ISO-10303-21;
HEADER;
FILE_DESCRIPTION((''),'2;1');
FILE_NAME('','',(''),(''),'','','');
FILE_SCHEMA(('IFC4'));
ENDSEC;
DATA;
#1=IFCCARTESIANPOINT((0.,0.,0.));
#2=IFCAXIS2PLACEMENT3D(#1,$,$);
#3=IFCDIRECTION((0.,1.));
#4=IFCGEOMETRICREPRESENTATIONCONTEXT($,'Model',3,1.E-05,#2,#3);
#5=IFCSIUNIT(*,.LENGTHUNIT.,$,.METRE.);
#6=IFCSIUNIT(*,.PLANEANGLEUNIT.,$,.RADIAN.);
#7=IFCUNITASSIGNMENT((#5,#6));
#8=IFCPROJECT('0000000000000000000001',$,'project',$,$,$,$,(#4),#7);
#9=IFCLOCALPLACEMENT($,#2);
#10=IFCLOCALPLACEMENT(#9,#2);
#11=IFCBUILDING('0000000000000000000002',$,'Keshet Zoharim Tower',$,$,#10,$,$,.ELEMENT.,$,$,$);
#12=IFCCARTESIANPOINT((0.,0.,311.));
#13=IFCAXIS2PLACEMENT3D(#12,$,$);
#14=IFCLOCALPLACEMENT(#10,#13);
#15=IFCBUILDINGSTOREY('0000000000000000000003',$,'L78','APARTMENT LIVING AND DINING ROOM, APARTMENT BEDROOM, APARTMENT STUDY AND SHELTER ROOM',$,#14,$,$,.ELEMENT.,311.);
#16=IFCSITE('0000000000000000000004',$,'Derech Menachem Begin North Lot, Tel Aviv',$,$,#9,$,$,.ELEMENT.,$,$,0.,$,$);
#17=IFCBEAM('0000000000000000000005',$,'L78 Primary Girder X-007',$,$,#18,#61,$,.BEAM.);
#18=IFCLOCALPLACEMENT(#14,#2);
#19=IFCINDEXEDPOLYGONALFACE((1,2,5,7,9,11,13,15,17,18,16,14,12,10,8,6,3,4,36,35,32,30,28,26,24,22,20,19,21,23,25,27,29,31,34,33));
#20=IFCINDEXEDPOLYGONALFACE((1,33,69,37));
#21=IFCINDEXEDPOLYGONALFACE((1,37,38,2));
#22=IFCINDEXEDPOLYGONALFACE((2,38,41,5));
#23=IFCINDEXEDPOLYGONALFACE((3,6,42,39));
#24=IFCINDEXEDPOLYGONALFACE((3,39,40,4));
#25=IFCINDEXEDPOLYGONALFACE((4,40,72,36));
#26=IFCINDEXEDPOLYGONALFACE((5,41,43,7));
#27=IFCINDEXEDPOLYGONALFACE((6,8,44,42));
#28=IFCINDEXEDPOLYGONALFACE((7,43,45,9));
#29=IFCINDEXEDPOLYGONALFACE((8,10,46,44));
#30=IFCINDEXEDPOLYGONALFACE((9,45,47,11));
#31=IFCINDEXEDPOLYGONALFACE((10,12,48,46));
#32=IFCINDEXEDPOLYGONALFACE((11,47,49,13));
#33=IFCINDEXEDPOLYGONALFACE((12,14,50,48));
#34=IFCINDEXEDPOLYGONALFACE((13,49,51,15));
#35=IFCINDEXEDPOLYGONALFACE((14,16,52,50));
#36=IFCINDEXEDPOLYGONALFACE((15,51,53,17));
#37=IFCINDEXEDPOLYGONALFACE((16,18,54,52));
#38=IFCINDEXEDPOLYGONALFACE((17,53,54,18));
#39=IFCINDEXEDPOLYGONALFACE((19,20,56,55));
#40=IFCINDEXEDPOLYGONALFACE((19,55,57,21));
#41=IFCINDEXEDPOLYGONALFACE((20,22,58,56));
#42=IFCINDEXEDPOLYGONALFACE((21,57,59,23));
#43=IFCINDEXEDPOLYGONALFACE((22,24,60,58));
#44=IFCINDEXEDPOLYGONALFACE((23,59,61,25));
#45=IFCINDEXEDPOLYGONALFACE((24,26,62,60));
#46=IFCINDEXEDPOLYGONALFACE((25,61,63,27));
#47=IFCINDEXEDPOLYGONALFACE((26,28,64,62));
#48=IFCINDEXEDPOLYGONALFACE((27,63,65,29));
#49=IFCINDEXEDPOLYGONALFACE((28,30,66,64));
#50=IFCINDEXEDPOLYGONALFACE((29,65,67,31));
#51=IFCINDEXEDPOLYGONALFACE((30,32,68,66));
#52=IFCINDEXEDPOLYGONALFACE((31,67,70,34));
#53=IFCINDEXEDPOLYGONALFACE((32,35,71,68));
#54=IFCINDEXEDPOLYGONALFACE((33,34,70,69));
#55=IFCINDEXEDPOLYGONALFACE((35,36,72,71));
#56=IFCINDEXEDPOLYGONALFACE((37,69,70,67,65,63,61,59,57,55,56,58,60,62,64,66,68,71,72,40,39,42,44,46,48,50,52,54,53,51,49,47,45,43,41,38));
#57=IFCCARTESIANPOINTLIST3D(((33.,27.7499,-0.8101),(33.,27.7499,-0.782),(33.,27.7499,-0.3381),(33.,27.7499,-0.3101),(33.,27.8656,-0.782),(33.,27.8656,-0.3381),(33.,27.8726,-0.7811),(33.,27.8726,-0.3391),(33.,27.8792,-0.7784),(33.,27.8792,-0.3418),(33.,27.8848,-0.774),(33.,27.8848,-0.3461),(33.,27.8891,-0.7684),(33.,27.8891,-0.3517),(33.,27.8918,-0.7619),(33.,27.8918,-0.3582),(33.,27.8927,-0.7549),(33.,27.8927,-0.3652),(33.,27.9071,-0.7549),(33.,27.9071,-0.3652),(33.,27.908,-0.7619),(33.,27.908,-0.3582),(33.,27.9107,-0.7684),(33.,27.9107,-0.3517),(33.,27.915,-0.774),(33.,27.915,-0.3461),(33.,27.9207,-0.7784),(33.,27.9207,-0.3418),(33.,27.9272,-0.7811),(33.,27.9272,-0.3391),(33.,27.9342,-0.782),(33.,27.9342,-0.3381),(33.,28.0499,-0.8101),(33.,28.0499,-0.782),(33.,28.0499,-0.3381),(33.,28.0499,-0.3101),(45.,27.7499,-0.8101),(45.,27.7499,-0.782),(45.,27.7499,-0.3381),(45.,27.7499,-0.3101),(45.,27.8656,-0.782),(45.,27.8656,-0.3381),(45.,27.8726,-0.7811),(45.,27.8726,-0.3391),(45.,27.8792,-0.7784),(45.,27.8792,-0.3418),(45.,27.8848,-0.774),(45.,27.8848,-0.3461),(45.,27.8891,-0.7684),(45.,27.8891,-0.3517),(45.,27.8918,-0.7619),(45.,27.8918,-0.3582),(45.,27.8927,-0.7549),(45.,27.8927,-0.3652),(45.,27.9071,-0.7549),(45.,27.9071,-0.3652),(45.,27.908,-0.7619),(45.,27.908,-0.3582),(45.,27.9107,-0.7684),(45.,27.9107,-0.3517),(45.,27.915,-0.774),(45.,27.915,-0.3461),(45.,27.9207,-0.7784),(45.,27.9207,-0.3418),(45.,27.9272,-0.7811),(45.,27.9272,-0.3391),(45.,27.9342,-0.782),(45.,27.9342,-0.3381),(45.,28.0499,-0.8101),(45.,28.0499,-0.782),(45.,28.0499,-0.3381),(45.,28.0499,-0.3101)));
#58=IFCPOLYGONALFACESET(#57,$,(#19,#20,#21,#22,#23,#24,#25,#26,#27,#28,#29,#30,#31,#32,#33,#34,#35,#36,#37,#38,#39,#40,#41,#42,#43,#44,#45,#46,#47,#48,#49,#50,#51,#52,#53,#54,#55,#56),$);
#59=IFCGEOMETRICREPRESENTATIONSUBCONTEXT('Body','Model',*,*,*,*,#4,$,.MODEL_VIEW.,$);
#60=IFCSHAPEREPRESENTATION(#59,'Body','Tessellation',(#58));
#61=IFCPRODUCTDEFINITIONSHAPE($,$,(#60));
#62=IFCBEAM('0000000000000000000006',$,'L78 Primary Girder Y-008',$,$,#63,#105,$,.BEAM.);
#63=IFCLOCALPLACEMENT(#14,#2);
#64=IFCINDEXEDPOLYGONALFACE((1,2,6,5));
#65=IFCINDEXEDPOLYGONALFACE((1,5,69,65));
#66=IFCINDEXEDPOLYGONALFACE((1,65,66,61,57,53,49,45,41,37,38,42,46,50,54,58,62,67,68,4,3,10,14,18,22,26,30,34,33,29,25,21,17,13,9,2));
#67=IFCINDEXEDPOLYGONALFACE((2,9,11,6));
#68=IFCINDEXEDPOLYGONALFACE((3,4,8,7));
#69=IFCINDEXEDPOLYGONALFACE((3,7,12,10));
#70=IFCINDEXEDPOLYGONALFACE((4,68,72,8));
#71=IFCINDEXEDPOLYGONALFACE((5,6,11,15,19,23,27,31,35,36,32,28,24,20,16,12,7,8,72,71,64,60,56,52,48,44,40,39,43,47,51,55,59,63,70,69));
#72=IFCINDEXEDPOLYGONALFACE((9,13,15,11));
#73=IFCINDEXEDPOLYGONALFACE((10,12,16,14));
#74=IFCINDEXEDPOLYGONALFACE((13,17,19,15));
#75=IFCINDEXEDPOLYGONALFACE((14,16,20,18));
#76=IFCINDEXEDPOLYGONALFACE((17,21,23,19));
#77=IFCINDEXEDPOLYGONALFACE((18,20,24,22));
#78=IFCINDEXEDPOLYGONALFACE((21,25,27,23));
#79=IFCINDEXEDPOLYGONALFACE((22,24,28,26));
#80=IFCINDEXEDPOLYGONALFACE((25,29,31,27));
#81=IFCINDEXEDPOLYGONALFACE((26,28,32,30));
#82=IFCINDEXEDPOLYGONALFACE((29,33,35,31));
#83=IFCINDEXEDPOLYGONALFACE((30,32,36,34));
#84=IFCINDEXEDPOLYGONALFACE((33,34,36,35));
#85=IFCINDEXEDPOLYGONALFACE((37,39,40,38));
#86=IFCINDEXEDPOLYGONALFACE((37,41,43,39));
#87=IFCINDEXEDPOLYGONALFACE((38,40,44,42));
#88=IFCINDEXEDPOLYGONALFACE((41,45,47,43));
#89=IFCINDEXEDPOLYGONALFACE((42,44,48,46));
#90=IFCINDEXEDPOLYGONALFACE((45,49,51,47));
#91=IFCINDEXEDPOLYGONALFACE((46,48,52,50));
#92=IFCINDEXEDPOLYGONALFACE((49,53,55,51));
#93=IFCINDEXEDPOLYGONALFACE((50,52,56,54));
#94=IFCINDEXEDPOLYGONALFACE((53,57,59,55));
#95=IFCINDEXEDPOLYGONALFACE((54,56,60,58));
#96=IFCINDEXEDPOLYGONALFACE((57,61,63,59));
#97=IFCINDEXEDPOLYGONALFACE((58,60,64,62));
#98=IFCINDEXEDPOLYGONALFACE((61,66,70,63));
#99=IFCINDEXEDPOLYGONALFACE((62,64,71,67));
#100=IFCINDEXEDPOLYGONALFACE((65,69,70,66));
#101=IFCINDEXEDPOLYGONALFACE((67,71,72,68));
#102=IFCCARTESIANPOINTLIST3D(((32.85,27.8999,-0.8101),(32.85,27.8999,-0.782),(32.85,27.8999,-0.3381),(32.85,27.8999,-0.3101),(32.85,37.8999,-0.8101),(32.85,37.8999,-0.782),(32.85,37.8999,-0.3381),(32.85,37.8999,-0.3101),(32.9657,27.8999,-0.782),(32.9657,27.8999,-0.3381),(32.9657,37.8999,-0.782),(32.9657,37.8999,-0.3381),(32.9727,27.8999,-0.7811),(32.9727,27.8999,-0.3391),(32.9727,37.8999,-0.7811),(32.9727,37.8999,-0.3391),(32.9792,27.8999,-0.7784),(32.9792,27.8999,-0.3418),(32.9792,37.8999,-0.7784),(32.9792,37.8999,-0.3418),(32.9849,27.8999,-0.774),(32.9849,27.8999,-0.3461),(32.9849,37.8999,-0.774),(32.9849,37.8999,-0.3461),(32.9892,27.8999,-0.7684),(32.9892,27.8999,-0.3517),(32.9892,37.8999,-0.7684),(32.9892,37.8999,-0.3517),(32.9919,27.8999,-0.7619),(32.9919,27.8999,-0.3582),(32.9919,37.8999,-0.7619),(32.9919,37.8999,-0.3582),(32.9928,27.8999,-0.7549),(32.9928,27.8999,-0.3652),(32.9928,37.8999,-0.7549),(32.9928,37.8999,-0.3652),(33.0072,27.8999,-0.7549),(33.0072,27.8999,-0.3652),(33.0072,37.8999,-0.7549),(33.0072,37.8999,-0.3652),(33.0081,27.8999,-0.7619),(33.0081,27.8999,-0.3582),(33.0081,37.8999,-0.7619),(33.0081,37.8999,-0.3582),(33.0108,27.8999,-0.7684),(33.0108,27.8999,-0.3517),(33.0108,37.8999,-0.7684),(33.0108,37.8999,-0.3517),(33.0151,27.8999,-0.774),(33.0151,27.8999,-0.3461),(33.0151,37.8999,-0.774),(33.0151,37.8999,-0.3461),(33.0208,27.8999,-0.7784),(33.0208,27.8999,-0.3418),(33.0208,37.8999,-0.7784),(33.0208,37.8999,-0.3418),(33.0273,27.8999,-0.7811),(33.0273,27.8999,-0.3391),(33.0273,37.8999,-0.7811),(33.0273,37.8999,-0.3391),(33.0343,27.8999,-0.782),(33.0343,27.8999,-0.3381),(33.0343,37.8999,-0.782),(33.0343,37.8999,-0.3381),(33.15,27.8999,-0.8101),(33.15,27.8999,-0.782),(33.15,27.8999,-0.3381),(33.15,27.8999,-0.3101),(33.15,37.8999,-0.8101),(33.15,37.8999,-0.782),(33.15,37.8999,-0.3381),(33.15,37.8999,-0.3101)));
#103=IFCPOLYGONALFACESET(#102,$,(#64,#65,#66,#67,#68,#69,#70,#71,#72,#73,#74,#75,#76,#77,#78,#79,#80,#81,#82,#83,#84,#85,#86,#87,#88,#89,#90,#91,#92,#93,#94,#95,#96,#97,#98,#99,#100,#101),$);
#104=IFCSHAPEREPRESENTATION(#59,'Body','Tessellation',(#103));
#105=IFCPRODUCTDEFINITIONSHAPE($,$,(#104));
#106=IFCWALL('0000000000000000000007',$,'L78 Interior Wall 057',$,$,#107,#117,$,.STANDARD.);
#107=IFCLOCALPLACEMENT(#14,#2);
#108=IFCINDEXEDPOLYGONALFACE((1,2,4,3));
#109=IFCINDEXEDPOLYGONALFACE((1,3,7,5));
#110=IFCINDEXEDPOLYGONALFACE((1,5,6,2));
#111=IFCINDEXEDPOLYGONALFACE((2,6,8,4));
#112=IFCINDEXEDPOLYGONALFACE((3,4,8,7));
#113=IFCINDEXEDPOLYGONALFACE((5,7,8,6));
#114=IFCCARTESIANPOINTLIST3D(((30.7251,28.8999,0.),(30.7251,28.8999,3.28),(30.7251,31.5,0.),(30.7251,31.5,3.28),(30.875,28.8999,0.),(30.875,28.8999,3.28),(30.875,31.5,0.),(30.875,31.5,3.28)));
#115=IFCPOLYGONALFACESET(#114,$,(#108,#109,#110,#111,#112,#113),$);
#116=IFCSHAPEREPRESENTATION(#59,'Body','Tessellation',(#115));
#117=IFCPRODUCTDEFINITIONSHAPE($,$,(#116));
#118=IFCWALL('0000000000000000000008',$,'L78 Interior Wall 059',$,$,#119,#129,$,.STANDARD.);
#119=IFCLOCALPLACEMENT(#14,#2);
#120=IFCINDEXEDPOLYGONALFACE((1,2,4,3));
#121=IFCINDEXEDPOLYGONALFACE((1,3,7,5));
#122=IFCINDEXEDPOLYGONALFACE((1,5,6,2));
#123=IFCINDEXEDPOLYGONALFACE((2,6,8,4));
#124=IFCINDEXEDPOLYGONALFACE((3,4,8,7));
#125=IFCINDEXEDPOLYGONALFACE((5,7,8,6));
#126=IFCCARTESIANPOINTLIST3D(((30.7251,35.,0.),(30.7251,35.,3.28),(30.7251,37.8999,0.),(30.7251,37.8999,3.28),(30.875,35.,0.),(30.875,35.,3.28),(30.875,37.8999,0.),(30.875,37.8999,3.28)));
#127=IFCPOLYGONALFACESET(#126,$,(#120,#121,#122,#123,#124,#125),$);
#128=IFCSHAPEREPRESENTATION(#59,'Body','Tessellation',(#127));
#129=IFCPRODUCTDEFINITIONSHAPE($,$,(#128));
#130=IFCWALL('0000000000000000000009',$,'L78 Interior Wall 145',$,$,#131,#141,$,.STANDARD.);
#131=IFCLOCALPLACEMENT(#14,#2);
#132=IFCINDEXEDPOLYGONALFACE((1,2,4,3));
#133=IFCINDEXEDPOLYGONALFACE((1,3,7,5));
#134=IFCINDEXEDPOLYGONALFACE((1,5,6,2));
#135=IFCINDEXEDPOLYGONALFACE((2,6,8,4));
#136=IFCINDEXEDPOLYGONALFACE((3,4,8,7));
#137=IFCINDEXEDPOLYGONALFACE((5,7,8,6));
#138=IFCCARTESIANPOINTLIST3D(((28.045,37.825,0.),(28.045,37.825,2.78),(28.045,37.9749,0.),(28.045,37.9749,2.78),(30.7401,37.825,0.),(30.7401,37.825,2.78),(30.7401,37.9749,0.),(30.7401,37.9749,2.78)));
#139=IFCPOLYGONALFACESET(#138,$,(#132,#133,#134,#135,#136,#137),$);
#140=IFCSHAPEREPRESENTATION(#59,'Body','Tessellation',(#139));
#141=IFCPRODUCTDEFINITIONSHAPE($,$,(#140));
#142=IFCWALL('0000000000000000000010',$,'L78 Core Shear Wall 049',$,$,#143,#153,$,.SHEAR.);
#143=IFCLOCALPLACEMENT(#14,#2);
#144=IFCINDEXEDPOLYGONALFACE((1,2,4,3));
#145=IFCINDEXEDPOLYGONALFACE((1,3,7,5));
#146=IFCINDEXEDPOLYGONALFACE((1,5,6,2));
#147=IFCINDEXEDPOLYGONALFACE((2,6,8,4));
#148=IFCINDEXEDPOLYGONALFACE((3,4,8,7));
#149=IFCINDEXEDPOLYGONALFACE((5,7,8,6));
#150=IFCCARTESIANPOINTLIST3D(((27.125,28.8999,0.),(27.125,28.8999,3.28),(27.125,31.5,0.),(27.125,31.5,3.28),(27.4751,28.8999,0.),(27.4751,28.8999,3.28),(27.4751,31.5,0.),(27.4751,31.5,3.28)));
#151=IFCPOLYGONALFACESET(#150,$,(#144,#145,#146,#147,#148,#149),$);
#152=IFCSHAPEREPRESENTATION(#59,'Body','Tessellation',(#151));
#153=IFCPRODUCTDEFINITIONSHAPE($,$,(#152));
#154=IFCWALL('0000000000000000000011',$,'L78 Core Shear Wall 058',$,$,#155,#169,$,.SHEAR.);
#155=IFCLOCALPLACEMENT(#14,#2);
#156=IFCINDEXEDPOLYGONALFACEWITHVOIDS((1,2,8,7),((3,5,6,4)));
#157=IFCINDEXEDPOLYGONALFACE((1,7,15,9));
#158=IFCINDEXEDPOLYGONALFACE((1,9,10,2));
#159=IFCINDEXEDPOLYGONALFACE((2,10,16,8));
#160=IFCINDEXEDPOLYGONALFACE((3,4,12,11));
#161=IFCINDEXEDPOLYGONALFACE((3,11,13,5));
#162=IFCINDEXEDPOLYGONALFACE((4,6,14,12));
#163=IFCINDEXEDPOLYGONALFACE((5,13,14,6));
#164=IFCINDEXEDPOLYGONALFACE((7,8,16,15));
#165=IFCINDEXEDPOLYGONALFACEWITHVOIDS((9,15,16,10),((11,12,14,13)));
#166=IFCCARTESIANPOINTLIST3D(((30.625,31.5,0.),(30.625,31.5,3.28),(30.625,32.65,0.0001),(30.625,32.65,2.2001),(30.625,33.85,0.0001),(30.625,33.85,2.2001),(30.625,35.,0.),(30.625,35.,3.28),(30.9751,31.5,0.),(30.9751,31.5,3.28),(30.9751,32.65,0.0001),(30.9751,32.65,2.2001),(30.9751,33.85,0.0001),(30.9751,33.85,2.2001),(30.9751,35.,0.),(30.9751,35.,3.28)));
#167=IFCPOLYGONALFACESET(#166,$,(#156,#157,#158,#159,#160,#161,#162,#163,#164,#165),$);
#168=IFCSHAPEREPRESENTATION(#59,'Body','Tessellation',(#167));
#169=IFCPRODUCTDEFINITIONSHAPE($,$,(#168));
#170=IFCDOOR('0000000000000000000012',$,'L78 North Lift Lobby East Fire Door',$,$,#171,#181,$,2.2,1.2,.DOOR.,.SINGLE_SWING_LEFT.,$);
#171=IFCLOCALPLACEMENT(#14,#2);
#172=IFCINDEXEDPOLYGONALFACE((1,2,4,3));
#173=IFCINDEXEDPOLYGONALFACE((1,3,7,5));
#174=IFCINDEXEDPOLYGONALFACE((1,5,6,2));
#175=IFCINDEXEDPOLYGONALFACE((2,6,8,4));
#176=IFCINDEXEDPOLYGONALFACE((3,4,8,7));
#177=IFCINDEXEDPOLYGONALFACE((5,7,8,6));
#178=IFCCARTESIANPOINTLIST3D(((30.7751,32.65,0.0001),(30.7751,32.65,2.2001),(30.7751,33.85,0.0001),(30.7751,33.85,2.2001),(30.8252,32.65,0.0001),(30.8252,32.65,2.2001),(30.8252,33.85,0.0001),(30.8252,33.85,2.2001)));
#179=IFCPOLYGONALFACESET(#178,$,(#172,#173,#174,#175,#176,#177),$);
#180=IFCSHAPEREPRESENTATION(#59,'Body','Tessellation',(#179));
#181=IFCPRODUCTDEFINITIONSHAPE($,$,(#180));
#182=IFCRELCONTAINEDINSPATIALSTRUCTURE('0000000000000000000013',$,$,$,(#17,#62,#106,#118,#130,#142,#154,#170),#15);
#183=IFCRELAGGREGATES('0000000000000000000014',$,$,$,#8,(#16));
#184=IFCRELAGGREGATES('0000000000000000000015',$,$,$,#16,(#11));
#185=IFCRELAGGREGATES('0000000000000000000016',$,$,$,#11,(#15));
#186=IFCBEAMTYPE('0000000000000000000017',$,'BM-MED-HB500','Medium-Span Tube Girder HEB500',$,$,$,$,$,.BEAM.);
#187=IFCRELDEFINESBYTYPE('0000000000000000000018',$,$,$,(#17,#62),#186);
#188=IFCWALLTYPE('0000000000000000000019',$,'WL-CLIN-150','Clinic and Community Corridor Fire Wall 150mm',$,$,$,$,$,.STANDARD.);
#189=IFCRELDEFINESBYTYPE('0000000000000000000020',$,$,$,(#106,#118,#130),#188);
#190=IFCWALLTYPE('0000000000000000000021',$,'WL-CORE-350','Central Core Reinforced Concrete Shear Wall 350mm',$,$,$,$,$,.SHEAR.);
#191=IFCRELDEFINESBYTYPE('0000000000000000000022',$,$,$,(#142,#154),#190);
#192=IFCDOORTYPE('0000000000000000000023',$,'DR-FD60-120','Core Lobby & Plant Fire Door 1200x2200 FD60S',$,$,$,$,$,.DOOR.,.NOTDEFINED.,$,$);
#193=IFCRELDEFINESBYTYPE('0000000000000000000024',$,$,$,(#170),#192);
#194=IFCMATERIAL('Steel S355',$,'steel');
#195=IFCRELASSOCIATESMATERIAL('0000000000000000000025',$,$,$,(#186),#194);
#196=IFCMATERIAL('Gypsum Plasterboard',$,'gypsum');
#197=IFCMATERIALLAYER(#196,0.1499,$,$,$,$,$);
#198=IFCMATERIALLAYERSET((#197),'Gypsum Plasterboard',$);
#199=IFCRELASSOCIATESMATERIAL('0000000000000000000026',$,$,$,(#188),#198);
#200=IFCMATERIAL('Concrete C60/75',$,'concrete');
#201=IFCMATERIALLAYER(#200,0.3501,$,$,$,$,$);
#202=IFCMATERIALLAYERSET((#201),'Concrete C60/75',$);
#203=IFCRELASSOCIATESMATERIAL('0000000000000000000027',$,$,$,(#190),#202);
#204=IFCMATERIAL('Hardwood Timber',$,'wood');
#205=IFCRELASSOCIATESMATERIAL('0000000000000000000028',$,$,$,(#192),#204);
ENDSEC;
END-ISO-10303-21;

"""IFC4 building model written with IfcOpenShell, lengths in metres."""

from ifc_helpers import new_model, si_unit, direction, frame, frame_2d, origin, origin_2d, place, context, subcontext, project, spatial, rectangle, i_section, extrude, material, layer, layer_set, material_profile, profile_set, type_object, element, fill, save


model = new_model("IFC4")

# Units and contexts
model_context = context("Model", 3, precision=1e-05, world=origin(), true_north=direction((0.0, 1.0)))
body_context = subcontext(model_context, "Body", "Model", "MODEL_VIEW")
ifc_project = project(units=[si_unit("LENGTHUNIT", "METRE"), si_unit("PLANEANGLEUNIT", "RADIAN")], contexts=[model_context])

# Site, building, storey
site_placement = place(None, origin())
site = spatial("IfcSite", under=ifc_project, at=site_placement, Name="Derech Menachem Begin North Lot, Tel Aviv", CompositionType="ELEMENT", RefElevation=0.0)
building_placement = place(site_placement, origin())
building = spatial("IfcBuilding", under=site, at=building_placement, Name="Keshet Zoharim Tower", CompositionType="ELEMENT")
storey_placement = place(building_placement, frame((0.0, 0.0, 311.0)))
storey = spatial("IfcBuildingStorey", under=building, at=storey_placement, Name="L78", Description="APARTMENT LIVING AND DINING ROOM, APARTMENT BEDROOM, APARTMENT STUDY AND SHELTER ROOM", CompositionType="ELEMENT", Elevation=311.0)

# Beams
ifc_material_1 = material(Name="Steel S355", Category="steel")
ifc_material_profile_1 = material_profile(ifc_material_1, i_section(OverallWidth=0.3, OverallDepth=0.5, WebThickness=0.0144, FlangeThickness=0.0281, FilletRadius=0.0271, at=origin_2d()), Name="HEB500")
ifc_profile_set_1 = profile_set([ifc_material_profile_1], Name="Steel S355")
beam_type_1 = type_object("IfcBeamType", Name="BM-MED-HB500", Description="Medium-Span Tube Girder HEB500", PredefinedType="BEAM", material=ifc_profile_set_1)
beam_1_placement = place(storey_placement, frame((33.0, 27.8999, -0.5601), z_axis=(1.0, 0.0, 0.0), x_axis=(0.0, 1.0, 0.0)))
element("IfcBeam", 1, at=beam_1_placement, inside=storey, type_object=beam_type_1, Name="L78 Primary Girder X-007", PredefinedType="BEAM", context=body_context, shape_type="SweptSolid", body=[
    extrude(i_section(OverallWidth=0.3, OverallDepth=0.5, WebThickness=0.0144, FlangeThickness=0.0281, FilletRadius=0.0271, at=origin_2d()), origin(), (0.0, 0.0, 1.0), 12.0),
])
beam_2_placement = place(storey_placement, frame((33.0, 27.8999, -0.5601), z_axis=(0.0, 1.0, 0.0), x_axis=(-1.0, 0.0, 0.0)))
element("IfcBeam", 2, at=beam_2_placement, inside=storey, type_object=beam_type_1, Name="L78 Primary Girder Y-008", PredefinedType="BEAM", context=body_context, shape_type="SweptSolid", body=[
    extrude(i_section(OverallWidth=0.3, OverallDepth=0.5, WebThickness=0.0144, FlangeThickness=0.0281, FilletRadius=0.0271, at=origin_2d()), origin(), (0.0, 0.0, 1.0), 10.0),
])

# Walls
ifc_material_2 = material(Name="Gypsum Plasterboard", Category="gypsum")
ifc_layer_1 = layer(ifc_material_2, 0.1499)
ifc_layer_set_1 = layer_set([ifc_layer_1], Name="Gypsum Plasterboard")
wall_type_1 = type_object("IfcWallType", Name="WL-CLIN-150", Description="Clinic and Community Corridor Fire Wall 150mm", PredefinedType="STANDARD", material=ifc_layer_set_1)
wall_1_placement = place(storey_placement, frame((30.8, 28.8999, 0.0), z_axis=(0.0, 0.0, 1.0), x_axis=(0.0, 1.0, 0.0)))
element("IfcWall", 3, at=wall_1_placement, inside=storey, type_object=wall_type_1, Name="L78 Interior Wall 057", PredefinedType="STANDARD", context=body_context, shape_type="SweptSolid", body=[
    extrude(rectangle(XDim=2.6001, YDim=0.1499, at=frame_2d((1.3, 0.0))), origin(), (0.0, 0.0, 1.0), 3.28),
])
wall_2_placement = place(storey_placement, frame((30.8, 35.0, 0.0), z_axis=(0.0, 0.0, 1.0), x_axis=(0.0, 1.0, 0.0)))
element("IfcWall", 4, at=wall_2_placement, inside=storey, type_object=wall_type_1, Name="L78 Interior Wall 059", PredefinedType="STANDARD", context=body_context, shape_type="SweptSolid", body=[
    extrude(rectangle(XDim=2.8999, YDim=0.1499, at=frame_2d((1.45, 0.0))), origin(), (0.0, 0.0, 1.0), 3.28),
])
wall_3_placement = place(storey_placement, frame((28.0449, 37.8999, 0.0), z_axis=(0.0, 0.0, 1.0), x_axis=(1.0, 0.0, 0.0)))
element("IfcWall", 5, at=wall_3_placement, inside=storey, type_object=wall_type_1, Name="L78 Interior Wall 145", PredefinedType="STANDARD", context=body_context, shape_type="SweptSolid", body=[
    extrude(rectangle(XDim=2.6951, YDim=0.1499, at=frame_2d((1.3477, 0.0))), origin(), (0.0, 0.0, 1.0), 2.78),
])
ifc_material_3 = material(Name="Concrete C60/75", Category="concrete")
ifc_layer_2 = layer(ifc_material_3, 0.3501)
ifc_layer_set_2 = layer_set([ifc_layer_2], Name="Concrete C60/75")
wall_type_2 = type_object("IfcWallType", Name="WL-CORE-350", Description="Central Core Reinforced Concrete Shear Wall 350mm", PredefinedType="SHEAR", material=ifc_layer_set_2)
wall_4_placement = place(storey_placement, frame((27.3, 28.8999, 0.0), z_axis=(0.0, 0.0, 1.0), x_axis=(0.0, 1.0, 0.0)))
element("IfcWall", 6, at=wall_4_placement, inside=storey, type_object=wall_type_2, Name="L78 Core Shear Wall 049", PredefinedType="SHEAR", context=body_context, shape_type="SweptSolid", body=[
    extrude(rectangle(XDim=2.6001, YDim=0.3501, at=frame_2d((1.3, 0.0))), origin(), (0.0, 0.0, 1.0), 3.28),
])

# Wall, opening, door
wall_5_placement = place(storey_placement, frame((30.8, 31.5, 0.0), z_axis=(0.0, 0.0, 1.0), x_axis=(0.0, 1.0, 0.0)))
wall_5 = element("IfcWall", 7, at=wall_5_placement, inside=storey, type_object=wall_type_2, Name="L78 Core Shear Wall 058", PredefinedType="SHEAR", context=body_context, shape_type="SweptSolid", body=[
    extrude(rectangle(XDim=3.5, YDim=0.3501, at=frame_2d((1.75, 0.0))), origin(), (0.0, 0.0, 1.0), 3.28),
])
opening_1_placement = place(wall_5_placement, frame((1.1499, 0.0, 0.0)))
opening_1 = element("IfcOpeningElement", 8, at=opening_1_placement, cuts=wall_5, PredefinedType="OPENING", context=body_context, shape_type="SweptSolid", body=[
    extrude(rectangle(XDim=1.2, YDim=2.2, at=frame_2d((0.6001, 1.1001))), frame((0.0, 0.1851, 0.0), z_axis=(0.0, -1.0, 0.0), x_axis=(1.0, 0.0, 0.0)), (0.0, 0.0, 1.0), 0.3701),
])
ifc_material_4 = material(Name="Hardwood Timber", Category="wood")
door_type_1 = type_object("IfcDoorType", Name="DR-FD60-120", Description="Core Lobby & Plant Fire Door 1200x2200 FD60S", OperationType="NOTDEFINED", PredefinedType="DOOR", material=ifc_material_4)
door_1_placement = place(opening_1_placement, origin())
door_1 = element("IfcDoor", 9, at=door_1_placement, inside=storey, type_object=door_type_1, Name="L78 North Lift Lobby East Fire Door", OperationType="SINGLE_SWING_LEFT", OverallHeight=2.2, OverallWidth=1.2, PredefinedType="DOOR", context=body_context, shape_type="SweptSolid", body=[
    extrude(rectangle(XDim=1.2, YDim=2.2, at=frame_2d((0.6001, 1.1001))), frame((0.0, 0.0249, 0.0), z_axis=(0.0, -1.0, 0.0), x_axis=(1.0, 0.0, 0.0)), (0.0, 0.0, 1.0), 0.05),
])
fill(opening_1, door_1)

save(model, "model.ifc")
